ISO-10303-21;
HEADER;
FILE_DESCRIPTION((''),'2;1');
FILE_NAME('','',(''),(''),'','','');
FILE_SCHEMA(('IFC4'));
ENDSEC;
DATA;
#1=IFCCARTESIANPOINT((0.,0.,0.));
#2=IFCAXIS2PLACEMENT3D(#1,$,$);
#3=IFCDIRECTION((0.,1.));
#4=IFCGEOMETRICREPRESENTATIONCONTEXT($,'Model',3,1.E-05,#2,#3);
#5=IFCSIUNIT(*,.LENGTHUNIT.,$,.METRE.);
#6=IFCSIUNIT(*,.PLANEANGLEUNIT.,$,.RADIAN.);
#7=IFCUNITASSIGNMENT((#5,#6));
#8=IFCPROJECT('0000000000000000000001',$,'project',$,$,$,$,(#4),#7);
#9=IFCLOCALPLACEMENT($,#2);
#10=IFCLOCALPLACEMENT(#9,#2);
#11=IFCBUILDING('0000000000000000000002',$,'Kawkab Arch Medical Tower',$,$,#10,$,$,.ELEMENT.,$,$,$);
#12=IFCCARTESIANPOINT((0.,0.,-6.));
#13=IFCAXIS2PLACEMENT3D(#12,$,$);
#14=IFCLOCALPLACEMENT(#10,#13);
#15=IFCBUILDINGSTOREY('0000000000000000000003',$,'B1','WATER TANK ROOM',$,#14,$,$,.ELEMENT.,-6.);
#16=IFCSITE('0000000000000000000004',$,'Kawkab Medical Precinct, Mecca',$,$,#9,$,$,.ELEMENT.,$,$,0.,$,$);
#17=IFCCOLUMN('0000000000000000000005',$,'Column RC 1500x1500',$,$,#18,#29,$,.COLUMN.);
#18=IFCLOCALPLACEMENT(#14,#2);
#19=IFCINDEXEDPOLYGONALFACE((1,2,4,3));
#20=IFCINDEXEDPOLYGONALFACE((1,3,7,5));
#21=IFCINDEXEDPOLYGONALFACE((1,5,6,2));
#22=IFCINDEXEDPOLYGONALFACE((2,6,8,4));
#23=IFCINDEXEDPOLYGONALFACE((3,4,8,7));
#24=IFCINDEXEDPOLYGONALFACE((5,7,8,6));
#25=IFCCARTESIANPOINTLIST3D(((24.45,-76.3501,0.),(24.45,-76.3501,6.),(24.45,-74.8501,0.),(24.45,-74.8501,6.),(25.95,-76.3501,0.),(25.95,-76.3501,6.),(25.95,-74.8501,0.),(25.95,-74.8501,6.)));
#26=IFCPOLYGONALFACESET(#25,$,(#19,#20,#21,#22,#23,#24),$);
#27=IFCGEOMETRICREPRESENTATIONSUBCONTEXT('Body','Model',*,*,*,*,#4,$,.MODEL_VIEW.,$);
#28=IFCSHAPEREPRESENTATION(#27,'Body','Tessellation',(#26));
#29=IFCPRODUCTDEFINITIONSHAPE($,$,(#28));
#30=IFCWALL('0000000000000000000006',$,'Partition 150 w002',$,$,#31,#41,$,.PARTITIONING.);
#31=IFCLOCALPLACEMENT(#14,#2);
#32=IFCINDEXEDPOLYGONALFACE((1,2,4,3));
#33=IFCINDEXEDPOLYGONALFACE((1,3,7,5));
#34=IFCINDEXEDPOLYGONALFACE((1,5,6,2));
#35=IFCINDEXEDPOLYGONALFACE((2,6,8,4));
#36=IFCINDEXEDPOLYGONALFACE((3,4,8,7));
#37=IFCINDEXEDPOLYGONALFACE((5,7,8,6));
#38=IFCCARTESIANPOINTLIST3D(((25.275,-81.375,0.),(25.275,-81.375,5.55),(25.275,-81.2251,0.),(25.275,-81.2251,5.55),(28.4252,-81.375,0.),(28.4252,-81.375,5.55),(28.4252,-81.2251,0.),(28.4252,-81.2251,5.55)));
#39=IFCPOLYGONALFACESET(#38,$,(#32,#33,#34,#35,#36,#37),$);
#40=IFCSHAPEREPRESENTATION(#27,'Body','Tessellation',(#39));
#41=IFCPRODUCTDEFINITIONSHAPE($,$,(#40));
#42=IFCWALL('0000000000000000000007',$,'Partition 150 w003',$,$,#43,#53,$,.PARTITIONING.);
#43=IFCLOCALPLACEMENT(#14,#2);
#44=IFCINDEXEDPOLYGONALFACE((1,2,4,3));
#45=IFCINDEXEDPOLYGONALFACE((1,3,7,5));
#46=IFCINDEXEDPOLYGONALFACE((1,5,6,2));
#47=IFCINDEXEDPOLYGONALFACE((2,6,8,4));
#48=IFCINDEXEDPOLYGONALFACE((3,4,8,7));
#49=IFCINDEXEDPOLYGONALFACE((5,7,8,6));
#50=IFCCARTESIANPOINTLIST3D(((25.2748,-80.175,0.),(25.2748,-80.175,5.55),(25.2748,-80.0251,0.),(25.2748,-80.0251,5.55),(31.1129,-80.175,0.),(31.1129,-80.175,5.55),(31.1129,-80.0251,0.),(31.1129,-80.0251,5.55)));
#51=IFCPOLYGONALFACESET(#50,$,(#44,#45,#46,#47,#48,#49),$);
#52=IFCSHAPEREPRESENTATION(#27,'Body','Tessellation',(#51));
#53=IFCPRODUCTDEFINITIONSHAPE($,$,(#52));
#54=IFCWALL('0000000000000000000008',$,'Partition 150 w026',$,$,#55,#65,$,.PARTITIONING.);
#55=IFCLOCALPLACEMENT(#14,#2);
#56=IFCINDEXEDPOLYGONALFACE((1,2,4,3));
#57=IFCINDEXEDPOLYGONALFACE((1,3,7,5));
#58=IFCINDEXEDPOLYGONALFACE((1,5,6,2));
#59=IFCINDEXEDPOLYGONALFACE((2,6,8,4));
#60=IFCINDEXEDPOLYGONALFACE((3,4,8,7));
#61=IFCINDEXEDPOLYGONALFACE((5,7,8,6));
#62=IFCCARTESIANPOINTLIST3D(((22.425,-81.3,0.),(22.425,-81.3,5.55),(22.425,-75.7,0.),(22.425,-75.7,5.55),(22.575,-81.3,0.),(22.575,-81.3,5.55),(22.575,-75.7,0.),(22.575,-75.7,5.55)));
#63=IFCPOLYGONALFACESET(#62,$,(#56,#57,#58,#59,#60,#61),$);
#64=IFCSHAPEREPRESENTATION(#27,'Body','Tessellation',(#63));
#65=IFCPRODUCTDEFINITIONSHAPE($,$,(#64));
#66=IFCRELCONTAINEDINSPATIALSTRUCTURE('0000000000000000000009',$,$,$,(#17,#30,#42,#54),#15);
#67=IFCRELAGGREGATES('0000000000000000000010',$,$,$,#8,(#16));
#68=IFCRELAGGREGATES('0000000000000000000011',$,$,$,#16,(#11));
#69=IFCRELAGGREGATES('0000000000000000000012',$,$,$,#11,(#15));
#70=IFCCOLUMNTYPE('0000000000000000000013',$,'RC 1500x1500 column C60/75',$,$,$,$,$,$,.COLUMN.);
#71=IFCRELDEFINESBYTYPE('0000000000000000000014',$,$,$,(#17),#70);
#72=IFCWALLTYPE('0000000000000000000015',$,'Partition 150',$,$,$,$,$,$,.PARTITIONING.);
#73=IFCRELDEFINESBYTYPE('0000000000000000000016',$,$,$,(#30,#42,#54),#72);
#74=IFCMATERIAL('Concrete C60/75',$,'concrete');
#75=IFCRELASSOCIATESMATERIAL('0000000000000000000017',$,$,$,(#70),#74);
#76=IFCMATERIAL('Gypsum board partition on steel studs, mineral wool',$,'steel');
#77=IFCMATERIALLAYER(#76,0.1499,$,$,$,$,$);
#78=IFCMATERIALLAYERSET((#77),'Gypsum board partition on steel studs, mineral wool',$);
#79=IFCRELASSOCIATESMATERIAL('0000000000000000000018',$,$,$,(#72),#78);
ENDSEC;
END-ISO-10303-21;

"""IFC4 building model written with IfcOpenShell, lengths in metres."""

from ifc_helpers import new_model, si_unit, direction, frame, frame_2d, origin, origin_2d, place, context, subcontext, project, spatial, rectangle, extrude, material, layer, layer_set, material_profile, profile_set, type_object, element, save


model = new_model("IFC4")

# Units and contexts
model_context = context("Model", 3, precision=1e-05, world=origin(), true_north=direction((0.0, 1.0)))
body_context = subcontext(model_context, "Body", "Model", "MODEL_VIEW")
ifc_project = project(units=[si_unit("LENGTHUNIT", "METRE"), si_unit("PLANEANGLEUNIT", "RADIAN")], contexts=[model_context])

# Site, building, storey
site_placement = place(None, origin())
site = spatial("IfcSite", under=ifc_project, at=site_placement, Name="Kawkab Medical Precinct, Mecca", CompositionType="ELEMENT", RefElevation=0.0)
building_placement = place(site_placement, origin())
building = spatial("IfcBuilding", under=site, at=building_placement, Name="Kawkab Arch Medical Tower", CompositionType="ELEMENT")
storey_placement = place(building_placement, frame((0.0, 0.0, -6.0)))
storey = spatial("IfcBuildingStorey", under=building, at=storey_placement, Name="B1", Description="WATER TANK ROOM", CompositionType="ELEMENT", Elevation=-6.0)

# Column
ifc_material_1 = material(Name="Concrete C60/75", Category="concrete")
ifc_material_profile_1 = material_profile(ifc_material_1, rectangle(XDim=1.5, YDim=1.5, at=origin_2d()), Name="RC 1500x1500")
ifc_profile_set_1 = profile_set([ifc_material_profile_1], Name="Concrete C60/75")
column_type = type_object("IfcColumnType", Name="RC 1500x1500 column C60/75", PredefinedType="COLUMN", material=ifc_profile_set_1)
column_placement = place(storey_placement, frame((25.2, -75.6001, 0.0), z_axis=(0.0, 0.0, 1.0), x_axis=(1.0, 0.0, 0.0)))
element("IfcColumn", 1, at=column_placement, inside=storey, type_object=column_type, Name="Column RC 1500x1500", PredefinedType="COLUMN", context=body_context, shape_type="SweptSolid", body=[
    extrude(rectangle(XDim=1.5, YDim=1.5, at=origin_2d()), origin(), (0.0, 0.0, 1.0), 6.0),
])

# Walls
ifc_material_2 = material(Name="Gypsum board partition on steel studs, mineral wool", Category="steel")
ifc_layer_1 = layer(ifc_material_2, 0.1499)
ifc_layer_set_1 = layer_set([ifc_layer_1], Name="Gypsum board partition on steel studs, mineral wool")
wall_type_1 = type_object("IfcWallType", Name="Partition 150", PredefinedType="PARTITIONING", material=ifc_layer_set_1)
wall_1_placement = place(storey_placement, frame((25.2749, -81.3, 0.0), z_axis=(0.0, 0.0, 1.0), x_axis=(1.0, 0.0, 0.0)))
element("IfcWall", 2, at=wall_1_placement, inside=storey, type_object=wall_type_1, Name="Partition 150 w002", PredefinedType="PARTITIONING", context=body_context, shape_type="SweptSolid", body=[
    extrude(rectangle(XDim=3.1501, YDim=0.1499, at=frame_2d((1.5752, 0.0))), origin(), (0.0, 0.0, 1.0), 5.55),
])
wall_2_placement = place(storey_placement, frame((25.2749, -80.1001, 0.0), z_axis=(0.0, 0.0, 1.0), x_axis=(1.0, 0.0, 0.0)))
element("IfcWall", 3, at=wall_2_placement, inside=storey, type_object=wall_type_1, Name="Partition 150 w003", PredefinedType="PARTITIONING", context=body_context, shape_type="SweptSolid", body=[
    extrude(rectangle(XDim=5.8381, YDim=0.1499, at=frame_2d((2.9189, 0.0))), origin(), (0.0, 0.0, 1.0), 5.55),
])
wall_3_placement = place(storey_placement, frame((22.5, -81.3, 0.0), z_axis=(0.0, 0.0, 1.0), x_axis=(0.0, 1.0, 0.0)))
element("IfcWall", 4, at=wall_3_placement, inside=storey, type_object=wall_type_1, Name="Partition 150 w026", PredefinedType="PARTITIONING", context=body_context, shape_type="SweptSolid", body=[
    extrude(rectangle(XDim=5.6001, YDim=0.1499, at=frame_2d((2.8, 0.0))), origin(), (0.0, 0.0, 1.0), 5.55),
])

save(model, "model.ifc")
